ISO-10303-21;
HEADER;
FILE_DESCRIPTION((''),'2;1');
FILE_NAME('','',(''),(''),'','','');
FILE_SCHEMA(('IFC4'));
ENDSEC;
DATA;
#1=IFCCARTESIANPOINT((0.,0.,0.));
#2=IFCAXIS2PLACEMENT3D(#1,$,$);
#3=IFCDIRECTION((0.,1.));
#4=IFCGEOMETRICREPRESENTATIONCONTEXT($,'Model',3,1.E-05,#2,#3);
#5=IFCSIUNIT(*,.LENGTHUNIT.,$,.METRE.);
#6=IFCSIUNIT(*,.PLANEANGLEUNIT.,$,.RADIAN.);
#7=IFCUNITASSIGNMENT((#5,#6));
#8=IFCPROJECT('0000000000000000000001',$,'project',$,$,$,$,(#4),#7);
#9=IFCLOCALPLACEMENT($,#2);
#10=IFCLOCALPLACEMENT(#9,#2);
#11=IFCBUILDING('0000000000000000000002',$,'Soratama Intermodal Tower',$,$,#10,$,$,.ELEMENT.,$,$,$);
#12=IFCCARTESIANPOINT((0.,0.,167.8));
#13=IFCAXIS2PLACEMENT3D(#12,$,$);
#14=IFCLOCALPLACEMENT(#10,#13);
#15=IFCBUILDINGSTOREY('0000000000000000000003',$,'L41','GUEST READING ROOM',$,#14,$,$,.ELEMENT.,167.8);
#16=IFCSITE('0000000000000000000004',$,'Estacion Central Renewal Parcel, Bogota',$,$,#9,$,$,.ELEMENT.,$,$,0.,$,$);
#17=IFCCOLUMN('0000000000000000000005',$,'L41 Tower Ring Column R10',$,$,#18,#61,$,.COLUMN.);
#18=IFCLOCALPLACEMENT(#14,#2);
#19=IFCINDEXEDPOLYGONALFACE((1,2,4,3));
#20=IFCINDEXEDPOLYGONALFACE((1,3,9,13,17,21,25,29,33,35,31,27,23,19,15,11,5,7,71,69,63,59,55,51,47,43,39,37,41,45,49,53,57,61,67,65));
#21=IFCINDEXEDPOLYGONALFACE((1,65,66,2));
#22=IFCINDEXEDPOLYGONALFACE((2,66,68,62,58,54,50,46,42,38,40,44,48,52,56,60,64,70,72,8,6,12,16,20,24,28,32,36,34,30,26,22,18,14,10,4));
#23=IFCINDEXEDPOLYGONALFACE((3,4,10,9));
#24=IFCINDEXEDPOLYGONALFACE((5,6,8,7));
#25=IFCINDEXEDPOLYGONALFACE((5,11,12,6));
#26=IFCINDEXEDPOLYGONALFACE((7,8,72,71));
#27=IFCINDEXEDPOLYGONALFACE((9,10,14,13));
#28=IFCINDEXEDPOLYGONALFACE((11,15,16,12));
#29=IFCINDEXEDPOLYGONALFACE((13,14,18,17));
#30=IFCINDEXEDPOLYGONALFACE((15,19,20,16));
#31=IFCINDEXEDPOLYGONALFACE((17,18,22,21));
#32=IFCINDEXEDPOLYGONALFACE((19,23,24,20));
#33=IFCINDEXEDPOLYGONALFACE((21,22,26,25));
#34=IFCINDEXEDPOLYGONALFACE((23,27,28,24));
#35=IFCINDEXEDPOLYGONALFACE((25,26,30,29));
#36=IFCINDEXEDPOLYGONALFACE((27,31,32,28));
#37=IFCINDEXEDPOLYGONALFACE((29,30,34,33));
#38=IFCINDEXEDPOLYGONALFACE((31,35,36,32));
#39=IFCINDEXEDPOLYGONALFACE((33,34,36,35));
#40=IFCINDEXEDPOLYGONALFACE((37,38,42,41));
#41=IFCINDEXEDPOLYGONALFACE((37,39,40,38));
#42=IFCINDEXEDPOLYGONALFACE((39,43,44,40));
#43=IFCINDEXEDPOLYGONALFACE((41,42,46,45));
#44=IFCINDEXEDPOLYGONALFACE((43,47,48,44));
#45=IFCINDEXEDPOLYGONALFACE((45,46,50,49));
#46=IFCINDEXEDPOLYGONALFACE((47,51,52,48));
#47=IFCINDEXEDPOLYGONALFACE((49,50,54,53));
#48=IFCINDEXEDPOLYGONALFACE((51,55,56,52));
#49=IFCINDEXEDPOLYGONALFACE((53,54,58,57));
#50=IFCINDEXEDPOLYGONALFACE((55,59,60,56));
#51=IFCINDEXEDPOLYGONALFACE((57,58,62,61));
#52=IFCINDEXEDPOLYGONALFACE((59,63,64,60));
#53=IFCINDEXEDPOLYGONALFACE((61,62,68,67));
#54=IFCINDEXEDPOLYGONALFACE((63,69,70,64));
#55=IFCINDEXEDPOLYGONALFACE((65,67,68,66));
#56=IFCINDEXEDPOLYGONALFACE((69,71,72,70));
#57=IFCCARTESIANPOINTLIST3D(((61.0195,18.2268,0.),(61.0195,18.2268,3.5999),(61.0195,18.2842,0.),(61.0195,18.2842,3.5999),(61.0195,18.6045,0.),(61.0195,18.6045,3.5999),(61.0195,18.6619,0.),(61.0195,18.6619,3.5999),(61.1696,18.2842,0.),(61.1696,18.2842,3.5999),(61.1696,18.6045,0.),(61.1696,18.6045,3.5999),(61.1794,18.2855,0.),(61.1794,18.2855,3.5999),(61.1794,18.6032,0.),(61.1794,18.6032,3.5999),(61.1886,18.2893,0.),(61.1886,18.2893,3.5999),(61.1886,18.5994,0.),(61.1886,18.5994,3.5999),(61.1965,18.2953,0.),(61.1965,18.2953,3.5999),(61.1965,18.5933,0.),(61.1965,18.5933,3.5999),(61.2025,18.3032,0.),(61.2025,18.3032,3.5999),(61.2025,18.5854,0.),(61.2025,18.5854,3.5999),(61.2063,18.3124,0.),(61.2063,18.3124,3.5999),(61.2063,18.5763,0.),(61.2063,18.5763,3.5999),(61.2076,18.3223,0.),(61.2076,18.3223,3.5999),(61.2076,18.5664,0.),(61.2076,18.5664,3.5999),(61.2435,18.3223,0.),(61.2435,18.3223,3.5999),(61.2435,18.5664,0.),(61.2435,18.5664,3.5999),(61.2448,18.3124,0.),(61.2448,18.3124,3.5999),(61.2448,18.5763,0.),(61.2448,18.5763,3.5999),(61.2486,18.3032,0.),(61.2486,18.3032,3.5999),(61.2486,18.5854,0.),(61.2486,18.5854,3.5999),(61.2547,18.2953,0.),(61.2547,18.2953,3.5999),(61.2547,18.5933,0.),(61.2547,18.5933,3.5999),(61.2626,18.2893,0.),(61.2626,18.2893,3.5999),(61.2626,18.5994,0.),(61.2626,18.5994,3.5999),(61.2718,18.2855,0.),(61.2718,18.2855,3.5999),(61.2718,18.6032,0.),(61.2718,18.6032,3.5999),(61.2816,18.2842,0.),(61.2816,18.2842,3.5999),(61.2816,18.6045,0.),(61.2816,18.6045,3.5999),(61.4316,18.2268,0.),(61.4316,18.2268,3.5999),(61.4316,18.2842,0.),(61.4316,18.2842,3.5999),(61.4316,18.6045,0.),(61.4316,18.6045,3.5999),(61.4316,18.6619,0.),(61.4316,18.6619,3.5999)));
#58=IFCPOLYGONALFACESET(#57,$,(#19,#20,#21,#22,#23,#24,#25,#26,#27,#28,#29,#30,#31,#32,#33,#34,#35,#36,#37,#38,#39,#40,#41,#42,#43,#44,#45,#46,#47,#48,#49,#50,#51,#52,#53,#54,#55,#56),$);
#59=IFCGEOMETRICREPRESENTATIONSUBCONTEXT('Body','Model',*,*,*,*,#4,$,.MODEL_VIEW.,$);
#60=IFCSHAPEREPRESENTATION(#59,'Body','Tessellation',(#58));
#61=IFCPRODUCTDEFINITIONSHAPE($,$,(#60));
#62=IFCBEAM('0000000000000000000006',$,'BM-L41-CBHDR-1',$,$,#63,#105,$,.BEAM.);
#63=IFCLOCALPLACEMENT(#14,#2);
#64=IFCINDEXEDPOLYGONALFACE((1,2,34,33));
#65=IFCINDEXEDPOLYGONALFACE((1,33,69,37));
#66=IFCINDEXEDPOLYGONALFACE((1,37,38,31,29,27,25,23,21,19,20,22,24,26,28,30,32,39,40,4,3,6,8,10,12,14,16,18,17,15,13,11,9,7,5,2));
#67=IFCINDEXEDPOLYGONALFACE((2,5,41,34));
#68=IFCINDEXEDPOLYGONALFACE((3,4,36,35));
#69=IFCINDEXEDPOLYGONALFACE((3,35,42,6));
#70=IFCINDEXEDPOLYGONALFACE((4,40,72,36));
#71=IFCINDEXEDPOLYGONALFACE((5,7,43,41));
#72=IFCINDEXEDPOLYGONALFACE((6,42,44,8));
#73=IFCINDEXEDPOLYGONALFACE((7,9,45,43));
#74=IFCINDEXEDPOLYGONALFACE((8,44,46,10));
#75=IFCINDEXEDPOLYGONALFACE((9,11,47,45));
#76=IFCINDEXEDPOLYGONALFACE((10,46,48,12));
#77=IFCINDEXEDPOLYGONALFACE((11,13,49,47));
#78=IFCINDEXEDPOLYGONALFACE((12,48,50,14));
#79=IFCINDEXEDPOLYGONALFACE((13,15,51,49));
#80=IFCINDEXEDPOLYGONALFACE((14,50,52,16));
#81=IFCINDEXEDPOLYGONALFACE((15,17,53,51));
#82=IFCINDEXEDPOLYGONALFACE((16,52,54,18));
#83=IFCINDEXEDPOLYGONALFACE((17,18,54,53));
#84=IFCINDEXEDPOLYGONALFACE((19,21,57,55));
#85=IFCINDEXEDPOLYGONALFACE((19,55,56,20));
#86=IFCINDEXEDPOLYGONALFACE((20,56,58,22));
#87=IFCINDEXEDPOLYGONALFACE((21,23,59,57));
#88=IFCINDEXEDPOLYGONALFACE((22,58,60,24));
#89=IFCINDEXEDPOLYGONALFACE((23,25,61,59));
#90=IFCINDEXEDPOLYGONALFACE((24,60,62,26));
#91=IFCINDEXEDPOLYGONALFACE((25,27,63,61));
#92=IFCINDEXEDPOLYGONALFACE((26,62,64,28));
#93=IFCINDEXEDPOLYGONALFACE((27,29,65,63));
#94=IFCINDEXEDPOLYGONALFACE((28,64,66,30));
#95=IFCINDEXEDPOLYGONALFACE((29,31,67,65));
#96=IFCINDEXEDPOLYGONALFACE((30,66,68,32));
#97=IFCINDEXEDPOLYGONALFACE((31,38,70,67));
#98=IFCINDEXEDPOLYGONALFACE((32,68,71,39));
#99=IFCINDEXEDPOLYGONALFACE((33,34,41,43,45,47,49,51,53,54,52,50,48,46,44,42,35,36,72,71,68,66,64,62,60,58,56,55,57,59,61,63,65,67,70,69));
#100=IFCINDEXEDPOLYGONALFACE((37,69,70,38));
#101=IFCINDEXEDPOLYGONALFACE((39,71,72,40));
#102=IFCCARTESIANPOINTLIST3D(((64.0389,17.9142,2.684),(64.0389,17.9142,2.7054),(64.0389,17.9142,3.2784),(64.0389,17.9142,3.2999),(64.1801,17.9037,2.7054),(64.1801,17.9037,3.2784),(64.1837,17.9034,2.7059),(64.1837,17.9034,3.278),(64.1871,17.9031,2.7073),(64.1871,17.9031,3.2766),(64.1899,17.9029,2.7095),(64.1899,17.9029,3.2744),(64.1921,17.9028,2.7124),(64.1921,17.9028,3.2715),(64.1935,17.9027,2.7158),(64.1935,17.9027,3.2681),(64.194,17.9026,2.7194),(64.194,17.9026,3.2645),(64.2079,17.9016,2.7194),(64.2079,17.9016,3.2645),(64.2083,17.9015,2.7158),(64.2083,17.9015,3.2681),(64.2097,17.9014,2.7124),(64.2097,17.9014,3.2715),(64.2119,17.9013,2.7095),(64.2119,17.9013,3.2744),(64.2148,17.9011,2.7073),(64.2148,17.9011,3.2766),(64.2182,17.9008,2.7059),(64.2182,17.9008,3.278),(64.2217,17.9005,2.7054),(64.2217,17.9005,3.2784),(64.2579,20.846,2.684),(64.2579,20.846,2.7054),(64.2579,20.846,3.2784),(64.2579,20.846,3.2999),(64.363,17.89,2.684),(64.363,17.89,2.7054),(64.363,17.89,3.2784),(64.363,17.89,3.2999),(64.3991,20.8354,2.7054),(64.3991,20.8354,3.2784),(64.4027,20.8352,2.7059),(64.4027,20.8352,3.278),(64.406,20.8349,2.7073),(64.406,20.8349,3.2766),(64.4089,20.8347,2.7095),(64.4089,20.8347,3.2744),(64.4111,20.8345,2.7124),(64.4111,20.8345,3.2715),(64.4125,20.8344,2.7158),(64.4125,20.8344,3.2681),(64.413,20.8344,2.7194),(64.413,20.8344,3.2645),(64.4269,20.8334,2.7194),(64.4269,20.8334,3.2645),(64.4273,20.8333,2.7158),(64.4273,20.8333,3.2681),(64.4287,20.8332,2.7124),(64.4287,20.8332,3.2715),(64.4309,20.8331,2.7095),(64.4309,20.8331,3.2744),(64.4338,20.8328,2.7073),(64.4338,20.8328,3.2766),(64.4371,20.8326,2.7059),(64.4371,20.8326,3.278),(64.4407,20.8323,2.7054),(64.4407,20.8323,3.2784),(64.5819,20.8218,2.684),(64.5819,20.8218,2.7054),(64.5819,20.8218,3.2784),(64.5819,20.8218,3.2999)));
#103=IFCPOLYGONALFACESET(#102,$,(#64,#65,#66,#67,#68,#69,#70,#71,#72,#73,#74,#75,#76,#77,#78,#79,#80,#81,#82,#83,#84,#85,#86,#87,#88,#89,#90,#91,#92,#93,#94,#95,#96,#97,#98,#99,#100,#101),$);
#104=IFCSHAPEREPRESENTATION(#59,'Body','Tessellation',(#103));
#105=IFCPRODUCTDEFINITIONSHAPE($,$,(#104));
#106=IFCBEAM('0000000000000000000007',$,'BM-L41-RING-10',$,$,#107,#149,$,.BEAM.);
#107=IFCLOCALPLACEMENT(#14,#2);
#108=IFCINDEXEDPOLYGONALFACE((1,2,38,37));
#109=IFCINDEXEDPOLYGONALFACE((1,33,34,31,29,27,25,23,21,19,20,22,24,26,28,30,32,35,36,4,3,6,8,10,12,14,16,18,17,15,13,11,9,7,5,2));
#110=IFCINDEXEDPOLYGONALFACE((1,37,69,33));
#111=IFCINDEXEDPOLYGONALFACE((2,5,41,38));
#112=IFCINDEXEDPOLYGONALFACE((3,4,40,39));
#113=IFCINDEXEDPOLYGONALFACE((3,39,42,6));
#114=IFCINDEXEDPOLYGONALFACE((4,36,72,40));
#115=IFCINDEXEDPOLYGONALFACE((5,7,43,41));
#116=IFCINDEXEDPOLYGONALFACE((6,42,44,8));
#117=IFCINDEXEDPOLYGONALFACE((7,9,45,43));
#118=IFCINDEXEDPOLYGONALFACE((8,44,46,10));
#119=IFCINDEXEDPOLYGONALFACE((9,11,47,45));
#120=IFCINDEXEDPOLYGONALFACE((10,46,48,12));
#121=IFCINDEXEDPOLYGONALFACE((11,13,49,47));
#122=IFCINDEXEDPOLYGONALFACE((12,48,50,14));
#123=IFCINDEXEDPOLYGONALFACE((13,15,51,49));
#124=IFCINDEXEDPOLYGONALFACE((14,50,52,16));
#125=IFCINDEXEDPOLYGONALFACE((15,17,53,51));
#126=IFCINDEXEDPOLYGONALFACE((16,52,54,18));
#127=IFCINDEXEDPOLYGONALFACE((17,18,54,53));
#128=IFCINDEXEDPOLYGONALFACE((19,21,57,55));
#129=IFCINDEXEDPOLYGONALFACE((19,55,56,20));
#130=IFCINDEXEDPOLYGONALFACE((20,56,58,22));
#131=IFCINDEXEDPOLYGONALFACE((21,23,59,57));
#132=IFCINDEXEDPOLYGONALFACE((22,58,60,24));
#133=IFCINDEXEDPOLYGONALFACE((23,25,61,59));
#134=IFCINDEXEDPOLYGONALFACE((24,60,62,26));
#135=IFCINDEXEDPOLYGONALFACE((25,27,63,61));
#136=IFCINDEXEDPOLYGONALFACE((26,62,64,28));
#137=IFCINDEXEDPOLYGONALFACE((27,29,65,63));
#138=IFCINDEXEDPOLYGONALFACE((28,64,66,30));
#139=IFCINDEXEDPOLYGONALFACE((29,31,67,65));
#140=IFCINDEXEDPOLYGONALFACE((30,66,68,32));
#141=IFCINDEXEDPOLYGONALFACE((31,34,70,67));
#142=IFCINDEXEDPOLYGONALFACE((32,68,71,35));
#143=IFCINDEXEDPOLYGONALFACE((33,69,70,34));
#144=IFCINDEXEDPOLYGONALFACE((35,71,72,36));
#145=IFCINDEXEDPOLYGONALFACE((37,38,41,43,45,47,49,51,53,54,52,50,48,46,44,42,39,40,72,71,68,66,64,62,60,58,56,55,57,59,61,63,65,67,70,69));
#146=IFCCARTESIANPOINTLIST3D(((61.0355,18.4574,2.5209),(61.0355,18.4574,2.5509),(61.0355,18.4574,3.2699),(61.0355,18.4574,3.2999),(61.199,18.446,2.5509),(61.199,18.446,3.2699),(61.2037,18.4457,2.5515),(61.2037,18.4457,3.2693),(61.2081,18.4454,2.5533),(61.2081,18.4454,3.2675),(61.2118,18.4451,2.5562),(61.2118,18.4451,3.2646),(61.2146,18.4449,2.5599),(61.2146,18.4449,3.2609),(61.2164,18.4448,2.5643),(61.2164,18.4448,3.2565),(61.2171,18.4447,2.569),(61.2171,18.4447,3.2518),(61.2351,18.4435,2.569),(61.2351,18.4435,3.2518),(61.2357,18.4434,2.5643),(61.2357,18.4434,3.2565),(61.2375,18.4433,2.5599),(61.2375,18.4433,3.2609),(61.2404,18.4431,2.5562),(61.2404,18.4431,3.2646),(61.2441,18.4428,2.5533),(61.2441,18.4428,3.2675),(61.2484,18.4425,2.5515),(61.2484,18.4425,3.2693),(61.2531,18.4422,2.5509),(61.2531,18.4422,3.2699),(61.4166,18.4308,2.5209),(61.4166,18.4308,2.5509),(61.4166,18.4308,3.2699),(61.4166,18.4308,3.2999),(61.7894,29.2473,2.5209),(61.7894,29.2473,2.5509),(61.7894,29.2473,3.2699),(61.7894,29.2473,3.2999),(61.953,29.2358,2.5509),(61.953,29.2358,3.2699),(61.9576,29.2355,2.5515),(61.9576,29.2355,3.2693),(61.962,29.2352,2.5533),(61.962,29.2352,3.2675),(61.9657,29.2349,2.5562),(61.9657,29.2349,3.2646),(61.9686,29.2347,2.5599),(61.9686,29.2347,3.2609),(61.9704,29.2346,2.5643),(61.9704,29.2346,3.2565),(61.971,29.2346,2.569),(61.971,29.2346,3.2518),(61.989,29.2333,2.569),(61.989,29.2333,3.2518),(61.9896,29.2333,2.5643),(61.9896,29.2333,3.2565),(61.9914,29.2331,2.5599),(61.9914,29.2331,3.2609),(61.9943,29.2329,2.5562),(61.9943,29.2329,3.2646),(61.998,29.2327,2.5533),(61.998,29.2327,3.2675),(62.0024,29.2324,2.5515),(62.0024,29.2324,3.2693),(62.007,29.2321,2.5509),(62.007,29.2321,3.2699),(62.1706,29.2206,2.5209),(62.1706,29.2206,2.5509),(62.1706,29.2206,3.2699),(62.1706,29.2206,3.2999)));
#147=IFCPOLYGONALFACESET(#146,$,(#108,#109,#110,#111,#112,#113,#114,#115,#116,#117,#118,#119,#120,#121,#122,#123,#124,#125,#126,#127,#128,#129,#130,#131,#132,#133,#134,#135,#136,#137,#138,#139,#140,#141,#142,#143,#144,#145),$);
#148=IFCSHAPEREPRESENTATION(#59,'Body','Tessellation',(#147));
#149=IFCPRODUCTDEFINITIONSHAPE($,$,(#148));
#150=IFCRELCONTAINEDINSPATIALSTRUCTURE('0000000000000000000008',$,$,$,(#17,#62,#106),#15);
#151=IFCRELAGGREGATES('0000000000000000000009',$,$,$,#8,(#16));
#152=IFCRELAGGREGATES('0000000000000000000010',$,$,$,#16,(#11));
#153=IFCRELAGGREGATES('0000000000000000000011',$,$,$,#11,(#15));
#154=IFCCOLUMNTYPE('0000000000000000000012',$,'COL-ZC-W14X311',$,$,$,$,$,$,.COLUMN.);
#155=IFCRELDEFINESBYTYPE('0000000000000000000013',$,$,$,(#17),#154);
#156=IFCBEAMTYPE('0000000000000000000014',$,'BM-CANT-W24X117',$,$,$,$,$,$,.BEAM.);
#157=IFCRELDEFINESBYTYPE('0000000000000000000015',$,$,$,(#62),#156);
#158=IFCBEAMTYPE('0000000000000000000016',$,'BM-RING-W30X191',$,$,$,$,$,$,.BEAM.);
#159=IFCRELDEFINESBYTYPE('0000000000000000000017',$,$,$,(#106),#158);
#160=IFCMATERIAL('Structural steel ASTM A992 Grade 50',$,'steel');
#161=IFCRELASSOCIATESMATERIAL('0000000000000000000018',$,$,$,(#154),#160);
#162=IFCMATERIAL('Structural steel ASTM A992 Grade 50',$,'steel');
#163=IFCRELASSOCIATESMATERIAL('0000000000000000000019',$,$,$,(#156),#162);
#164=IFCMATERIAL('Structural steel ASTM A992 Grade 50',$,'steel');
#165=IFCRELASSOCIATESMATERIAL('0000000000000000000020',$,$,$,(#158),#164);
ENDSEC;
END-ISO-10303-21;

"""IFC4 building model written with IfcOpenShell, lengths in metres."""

from ifc_helpers import new_model, si_unit, direction, frame, origin, origin_2d, place, context, subcontext, project, spatial, i_section, extrude, material, material_profile, profile_set, type_object, element, save


model = new_model("IFC4")

# Units and contexts
model_context = context("Model", 3, precision=1e-05, world=origin(), true_north=direction((0.0, 1.0)))
body_context = subcontext(model_context, "Body", "Model", "MODEL_VIEW")
ifc_project = project(units=[si_unit("LENGTHUNIT", "METRE"), si_unit("PLANEANGLEUNIT", "RADIAN")], contexts=[model_context])

# Site, building, storey
site_placement = place(None, origin())
site = spatial("IfcSite", under=ifc_project, at=site_placement, Name="Estacion Central Renewal Parcel, Bogota", CompositionType="ELEMENT", RefElevation=0.0)
building_placement = place(site_placement, origin())
building = spatial("IfcBuilding", under=site, at=building_placement, Name="Soratama Intermodal Tower", CompositionType="ELEMENT")
storey_placement = place(building_placement, frame((0.0, 0.0, 167.8)))
storey = spatial("IfcBuildingStorey", under=building, at=storey_placement, Name="L41", Description="GUEST READING ROOM", CompositionType="ELEMENT", Elevation=167.8)

# Column
ifc_material_1 = material(Name="Structural steel ASTM A992 Grade 50", Category="steel")
ifc_material_profile_1 = material_profile(ifc_material_1, i_section(OverallWidth=0.4121, OverallDepth=0.4351, WebThickness=0.0359, FlangeThickness=0.0574, FilletRadius=0.0381, at=origin_2d()), Name="W14X311")
ifc_profile_set_1 = profile_set([ifc_material_profile_1], Name="Structural steel ASTM A992 Grade 50")
column_type = type_object("IfcColumnType", Name="COL-ZC-W14X311", PredefinedType="COLUMN", material=ifc_profile_set_1)
column_placement = place(storey_placement, frame((61.2256, 18.4443, 0.0), z_axis=(0.0, 0.0, 1.0), x_axis=(1.0, 0.0, 0.0)))
element("IfcColumn", 1, at=column_placement, inside=storey, type_object=column_type, Name="L41 Tower Ring Column R10", PredefinedType="COLUMN", context=body_context, shape_type="SweptSolid", body=[
    extrude(i_section(OverallWidth=0.4121, OverallDepth=0.4351, WebThickness=0.0359, FlangeThickness=0.0574, FilletRadius=0.0381, at=origin_2d()), origin(), (0.0, 0.0, 1.0), 3.5999),
])

# Beams
ifc_material_2 = material(Name="Structural steel ASTM A992 Grade 50", Category="steel")
ifc_material_profile_2 = material_profile(ifc_material_2, i_section(OverallWidth=0.325, OverallDepth=0.616, WebThickness=0.0139, FlangeThickness=0.0215, FilletRadius=0.0139, at=origin_2d()), Name="W24X117")
ifc_profile_set_2 = profile_set([ifc_material_profile_2], Name="Structural steel ASTM A992 Grade 50")
beam_type_1 = type_object("IfcBeamType", Name="BM-CANT-W24X117", PredefinedType="BEAM", material=ifc_profile_set_2)
beam_1_placement = place(storey_placement, frame((64.2009, 17.9021, 2.9919), z_axis=(0.074486, 0.997222, 0.0), x_axis=(-0.997222, 0.074486, 0.0)))
element("IfcBeam", 2, at=beam_1_placement, inside=storey, type_object=beam_type_1, Name="BM-L41-CBHDR-1", PredefinedType="BEAM", context=body_context, shape_type="SweptSolid", body=[
    extrude(i_section(OverallWidth=0.325, OverallDepth=0.616, WebThickness=0.0139, FlangeThickness=0.0215, FilletRadius=0.0139, at=origin_2d()), origin(), (0.0, 0.0, 1.0), 2.9399),
])
ifc_material_3 = material(Name="Structural steel ASTM A992 Grade 50", Category="steel")
ifc_material_profile_3 = material_profile(ifc_material_3, i_section(OverallWidth=0.3821, OverallDepth=0.7791, WebThickness=0.0181, FlangeThickness=0.03, FilletRadius=0.0181, at=origin_2d()), Name="W30X191")
ifc_profile_set_3 = profile_set([ifc_material_profile_3], Name="Structural steel ASTM A992 Grade 50")
beam_type_2 = type_object("IfcBeamType", Name="BM-RING-W30X191", PredefinedType="BEAM", material=ifc_profile_set_3)
beam_2_placement = place(storey_placement, frame((61.2261, 18.4441, 2.9104), z_axis=(0.069702, 0.997568, 0.0), x_axis=(-0.997568, 0.069702, 0.0)))
element("IfcBeam", 3, at=beam_2_placement, inside=storey, type_object=beam_type_2, Name="BM-L41-RING-10", PredefinedType="BEAM", context=body_context, shape_type="SweptSolid", body=[
    extrude(i_section(OverallWidth=0.3821, OverallDepth=0.7791, WebThickness=0.0181, FlangeThickness=0.03, FilletRadius=0.0181, at=origin_2d()), origin(), (0.0, 0.0, 1.0), 10.8162),
])

save(model, "model.ifc")
